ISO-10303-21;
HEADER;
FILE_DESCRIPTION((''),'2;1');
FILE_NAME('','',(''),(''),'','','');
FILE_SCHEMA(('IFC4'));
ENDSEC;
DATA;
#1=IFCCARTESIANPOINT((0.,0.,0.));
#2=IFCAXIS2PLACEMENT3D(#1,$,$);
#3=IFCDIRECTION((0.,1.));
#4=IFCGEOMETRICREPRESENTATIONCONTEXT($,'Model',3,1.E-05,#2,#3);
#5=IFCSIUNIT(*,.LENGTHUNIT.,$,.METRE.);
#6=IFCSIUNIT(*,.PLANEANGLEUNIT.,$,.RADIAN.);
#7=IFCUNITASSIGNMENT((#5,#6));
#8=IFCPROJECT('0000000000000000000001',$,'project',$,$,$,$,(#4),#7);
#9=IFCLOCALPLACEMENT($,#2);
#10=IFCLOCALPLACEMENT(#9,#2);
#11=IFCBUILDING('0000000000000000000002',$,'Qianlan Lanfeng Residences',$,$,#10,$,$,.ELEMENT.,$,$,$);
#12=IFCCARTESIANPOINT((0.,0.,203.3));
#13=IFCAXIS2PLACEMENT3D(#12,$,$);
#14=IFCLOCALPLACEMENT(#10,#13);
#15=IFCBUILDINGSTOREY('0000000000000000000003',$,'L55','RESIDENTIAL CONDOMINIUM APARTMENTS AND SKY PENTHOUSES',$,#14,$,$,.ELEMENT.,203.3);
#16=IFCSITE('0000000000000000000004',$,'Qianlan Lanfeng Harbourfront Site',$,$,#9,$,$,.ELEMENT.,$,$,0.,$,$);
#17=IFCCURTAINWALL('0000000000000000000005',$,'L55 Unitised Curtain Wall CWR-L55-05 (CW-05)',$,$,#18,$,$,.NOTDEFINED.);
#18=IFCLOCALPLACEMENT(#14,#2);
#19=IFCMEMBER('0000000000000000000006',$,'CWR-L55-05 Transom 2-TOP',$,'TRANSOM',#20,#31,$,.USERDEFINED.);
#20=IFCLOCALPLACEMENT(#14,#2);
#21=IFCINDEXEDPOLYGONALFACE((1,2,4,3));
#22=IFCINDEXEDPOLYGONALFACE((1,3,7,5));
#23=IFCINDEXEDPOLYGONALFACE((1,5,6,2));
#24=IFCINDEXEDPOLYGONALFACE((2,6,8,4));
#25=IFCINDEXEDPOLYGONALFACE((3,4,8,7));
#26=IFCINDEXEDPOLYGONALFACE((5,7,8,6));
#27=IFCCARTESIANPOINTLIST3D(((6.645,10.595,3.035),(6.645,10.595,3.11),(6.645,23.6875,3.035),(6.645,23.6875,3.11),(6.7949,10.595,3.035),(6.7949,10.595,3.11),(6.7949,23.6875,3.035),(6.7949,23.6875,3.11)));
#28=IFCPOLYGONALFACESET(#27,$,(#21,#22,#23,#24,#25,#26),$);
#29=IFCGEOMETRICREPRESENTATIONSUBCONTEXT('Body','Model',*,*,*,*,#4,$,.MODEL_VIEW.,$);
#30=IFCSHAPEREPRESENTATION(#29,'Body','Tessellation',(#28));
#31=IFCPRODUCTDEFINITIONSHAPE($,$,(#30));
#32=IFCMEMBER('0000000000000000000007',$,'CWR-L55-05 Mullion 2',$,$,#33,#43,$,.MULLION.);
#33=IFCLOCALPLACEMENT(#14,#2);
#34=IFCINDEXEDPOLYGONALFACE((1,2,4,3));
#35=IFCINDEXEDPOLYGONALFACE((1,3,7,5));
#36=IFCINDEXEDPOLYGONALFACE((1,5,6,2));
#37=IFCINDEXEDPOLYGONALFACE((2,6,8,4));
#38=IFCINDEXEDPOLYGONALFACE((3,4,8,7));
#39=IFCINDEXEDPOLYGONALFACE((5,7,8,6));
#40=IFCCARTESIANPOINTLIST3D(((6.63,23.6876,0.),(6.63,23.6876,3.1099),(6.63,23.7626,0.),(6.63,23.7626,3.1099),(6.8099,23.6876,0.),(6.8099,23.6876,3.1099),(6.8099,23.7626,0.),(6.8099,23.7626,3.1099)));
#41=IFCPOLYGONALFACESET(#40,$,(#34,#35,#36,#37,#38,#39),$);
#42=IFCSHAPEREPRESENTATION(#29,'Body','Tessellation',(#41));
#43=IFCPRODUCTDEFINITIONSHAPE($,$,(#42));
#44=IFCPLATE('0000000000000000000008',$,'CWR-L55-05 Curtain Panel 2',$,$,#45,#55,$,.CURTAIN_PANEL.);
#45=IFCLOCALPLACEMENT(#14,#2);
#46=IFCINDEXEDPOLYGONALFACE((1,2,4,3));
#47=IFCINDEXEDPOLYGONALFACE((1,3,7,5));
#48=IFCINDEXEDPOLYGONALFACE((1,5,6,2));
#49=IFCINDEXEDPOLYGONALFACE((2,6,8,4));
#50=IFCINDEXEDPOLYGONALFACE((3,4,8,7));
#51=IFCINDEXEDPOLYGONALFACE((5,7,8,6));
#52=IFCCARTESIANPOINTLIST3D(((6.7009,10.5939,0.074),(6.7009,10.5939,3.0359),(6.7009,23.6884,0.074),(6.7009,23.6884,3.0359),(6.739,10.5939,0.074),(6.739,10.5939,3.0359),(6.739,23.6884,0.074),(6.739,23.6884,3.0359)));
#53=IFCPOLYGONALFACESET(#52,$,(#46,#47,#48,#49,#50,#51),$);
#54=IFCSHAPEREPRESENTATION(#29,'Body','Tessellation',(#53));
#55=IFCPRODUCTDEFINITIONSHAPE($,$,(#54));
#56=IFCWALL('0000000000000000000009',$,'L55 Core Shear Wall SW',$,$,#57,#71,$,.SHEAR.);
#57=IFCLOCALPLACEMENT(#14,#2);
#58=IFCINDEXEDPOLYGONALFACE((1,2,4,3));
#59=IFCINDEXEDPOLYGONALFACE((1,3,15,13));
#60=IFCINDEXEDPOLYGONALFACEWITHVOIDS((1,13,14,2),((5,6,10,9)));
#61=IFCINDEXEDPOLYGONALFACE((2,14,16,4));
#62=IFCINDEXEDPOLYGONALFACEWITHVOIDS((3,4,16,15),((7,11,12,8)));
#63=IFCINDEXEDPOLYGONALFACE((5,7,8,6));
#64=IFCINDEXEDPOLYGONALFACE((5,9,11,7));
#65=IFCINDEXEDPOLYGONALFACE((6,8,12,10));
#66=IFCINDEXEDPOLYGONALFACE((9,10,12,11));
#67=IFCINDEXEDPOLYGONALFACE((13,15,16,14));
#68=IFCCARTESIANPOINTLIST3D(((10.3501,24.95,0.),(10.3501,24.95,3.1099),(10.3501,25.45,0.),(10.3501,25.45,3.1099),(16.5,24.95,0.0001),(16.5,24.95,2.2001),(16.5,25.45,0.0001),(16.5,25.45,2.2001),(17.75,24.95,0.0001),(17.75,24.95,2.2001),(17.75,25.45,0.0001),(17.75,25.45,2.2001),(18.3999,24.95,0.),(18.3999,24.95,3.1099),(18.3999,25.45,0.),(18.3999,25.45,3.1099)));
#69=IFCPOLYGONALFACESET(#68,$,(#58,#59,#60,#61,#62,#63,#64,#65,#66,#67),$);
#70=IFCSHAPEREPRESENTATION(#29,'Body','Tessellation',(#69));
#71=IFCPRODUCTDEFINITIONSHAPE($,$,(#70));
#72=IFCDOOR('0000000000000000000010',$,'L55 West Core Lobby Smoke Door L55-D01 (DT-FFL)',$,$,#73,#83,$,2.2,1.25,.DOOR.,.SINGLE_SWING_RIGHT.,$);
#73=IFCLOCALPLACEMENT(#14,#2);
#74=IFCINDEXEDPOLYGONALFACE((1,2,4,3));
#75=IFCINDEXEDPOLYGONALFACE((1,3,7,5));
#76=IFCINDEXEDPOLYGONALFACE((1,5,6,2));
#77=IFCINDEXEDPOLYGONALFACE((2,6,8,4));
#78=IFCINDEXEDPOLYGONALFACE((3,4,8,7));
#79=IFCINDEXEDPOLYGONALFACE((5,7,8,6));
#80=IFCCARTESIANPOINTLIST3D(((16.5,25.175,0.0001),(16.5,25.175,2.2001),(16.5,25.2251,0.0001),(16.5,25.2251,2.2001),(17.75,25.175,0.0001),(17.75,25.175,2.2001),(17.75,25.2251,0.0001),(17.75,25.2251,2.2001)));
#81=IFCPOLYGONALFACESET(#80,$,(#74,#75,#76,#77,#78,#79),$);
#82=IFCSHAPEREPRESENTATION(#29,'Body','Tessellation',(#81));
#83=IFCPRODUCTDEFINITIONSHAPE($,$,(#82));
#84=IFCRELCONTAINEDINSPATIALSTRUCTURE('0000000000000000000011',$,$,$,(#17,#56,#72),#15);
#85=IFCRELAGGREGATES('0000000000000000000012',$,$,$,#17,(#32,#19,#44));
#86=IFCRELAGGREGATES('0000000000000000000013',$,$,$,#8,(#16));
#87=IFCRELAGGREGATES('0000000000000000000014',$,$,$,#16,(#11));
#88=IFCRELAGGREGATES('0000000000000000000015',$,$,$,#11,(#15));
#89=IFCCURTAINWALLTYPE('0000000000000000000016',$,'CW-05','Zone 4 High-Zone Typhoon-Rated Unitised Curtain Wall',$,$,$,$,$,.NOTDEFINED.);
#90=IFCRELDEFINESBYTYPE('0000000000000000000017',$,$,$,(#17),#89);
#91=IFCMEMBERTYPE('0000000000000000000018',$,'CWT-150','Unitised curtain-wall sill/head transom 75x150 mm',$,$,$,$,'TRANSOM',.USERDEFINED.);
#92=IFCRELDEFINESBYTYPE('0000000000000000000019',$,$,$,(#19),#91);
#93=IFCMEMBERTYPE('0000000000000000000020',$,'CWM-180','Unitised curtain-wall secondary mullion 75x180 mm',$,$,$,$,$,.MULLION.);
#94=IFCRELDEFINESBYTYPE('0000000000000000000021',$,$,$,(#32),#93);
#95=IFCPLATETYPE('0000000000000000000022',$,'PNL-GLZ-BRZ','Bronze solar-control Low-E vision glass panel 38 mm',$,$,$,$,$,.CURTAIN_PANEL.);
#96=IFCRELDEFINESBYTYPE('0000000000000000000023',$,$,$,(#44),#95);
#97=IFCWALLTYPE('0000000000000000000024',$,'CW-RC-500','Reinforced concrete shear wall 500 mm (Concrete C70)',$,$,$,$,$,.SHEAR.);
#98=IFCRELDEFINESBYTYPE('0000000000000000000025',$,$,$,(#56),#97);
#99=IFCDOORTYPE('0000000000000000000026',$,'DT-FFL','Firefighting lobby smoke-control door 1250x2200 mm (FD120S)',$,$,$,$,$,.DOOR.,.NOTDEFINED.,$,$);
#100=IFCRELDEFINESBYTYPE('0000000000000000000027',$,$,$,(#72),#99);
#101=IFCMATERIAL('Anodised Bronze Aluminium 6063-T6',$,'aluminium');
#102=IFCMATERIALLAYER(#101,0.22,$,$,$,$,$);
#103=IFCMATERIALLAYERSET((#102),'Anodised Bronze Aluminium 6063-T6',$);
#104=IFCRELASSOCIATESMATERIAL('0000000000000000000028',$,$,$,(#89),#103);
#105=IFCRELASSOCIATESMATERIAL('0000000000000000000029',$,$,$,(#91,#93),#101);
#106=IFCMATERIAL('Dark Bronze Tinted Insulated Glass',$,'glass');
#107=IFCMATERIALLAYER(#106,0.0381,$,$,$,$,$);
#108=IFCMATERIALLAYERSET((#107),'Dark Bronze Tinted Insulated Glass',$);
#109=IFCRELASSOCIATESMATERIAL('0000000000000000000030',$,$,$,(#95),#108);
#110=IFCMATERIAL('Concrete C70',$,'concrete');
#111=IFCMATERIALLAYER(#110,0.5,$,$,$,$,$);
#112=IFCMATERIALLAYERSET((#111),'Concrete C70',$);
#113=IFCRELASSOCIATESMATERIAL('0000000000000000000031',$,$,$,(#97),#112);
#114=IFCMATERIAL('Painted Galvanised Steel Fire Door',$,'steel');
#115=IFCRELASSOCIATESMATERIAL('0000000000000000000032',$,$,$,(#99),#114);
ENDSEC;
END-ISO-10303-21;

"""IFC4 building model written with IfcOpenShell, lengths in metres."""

from ifc_helpers import new_model, si_unit, direction, frame, frame_2d, origin, origin_2d, place, context, subcontext, project, spatial, rectangle, extrude, source, transform, mapped, material, layer, layer_set, material_profile, profile_set, type_object, element, fill, aggregate, save


model = new_model("IFC4")

# Units and contexts
model_context = context("Model", 3, precision=1e-05, world=origin(), true_north=direction((0.0, 1.0)))
body_context = subcontext(model_context, "Body", "Model", "MODEL_VIEW")
ifc_project = project(units=[si_unit("LENGTHUNIT", "METRE"), si_unit("PLANEANGLEUNIT", "RADIAN")], contexts=[model_context])

# Site, building, storey
site_placement = place(None, origin())
site = spatial("IfcSite", under=ifc_project, at=site_placement, Name="Qianlan Lanfeng Harbourfront Site", CompositionType="ELEMENT", RefElevation=0.0)
building_placement = place(site_placement, origin())
building = spatial("IfcBuilding", under=site, at=building_placement, Name="Qianlan Lanfeng Residences", CompositionType="ELEMENT")
storey_placement = place(building_placement, frame((0.0, 0.0, 203.3)))
storey = spatial("IfcBuildingStorey", under=building, at=storey_placement, Name="L55", Description="RESIDENTIAL CONDOMINIUM APARTMENTS AND SKY PENTHOUSES", CompositionType="ELEMENT", Elevation=203.3)

# Curtain wall, members, plate
ifc_material_1 = material(Name="Anodised Bronze Aluminium 6063-T6", Category="aluminium")
ifc_layer_1 = layer(ifc_material_1, 0.22)
ifc_layer_set_1 = layer_set([ifc_layer_1], Name="Anodised Bronze Aluminium 6063-T6")
curtain_wall_type = type_object("IfcCurtainWallType", Name="CW-05", Description="Zone 4 High-Zone Typhoon-Rated Unitised Curtain Wall", PredefinedType="NOTDEFINED", material=ifc_layer_set_1)
curtain_wall_placement = place(storey_placement, origin())
curtain_wall = element("IfcCurtainWall", 1, at=curtain_wall_placement, inside=storey, type_object=curtain_wall_type, Name="L55 Unitised Curtain Wall CWR-L55-05 (CW-05)", PredefinedType="NOTDEFINED")
ifc_material_profile_1 = material_profile(ifc_material_1, rectangle(XDim=0.075, YDim=0.1499, at=origin_2d()), Name="ALU TRANSOM 75x150")
ifc_profile_set_1 = profile_set([ifc_material_profile_1], Name="Anodised Bronze Aluminium 6063-T6")
member_type_1 = type_object("IfcMemberType", Name="CWT-150", Description="Unitised curtain-wall sill/head transom 75x150 mm", ElementType="TRANSOM", PredefinedType="USERDEFINED", material=ifc_profile_set_1)
shared_shape_1 = source(origin(), body_context, "Body", "SweptSolid", [
    extrude(rectangle(XDim=0.075, YDim=0.1499, at=origin_2d()), origin(), (0.0, 0.0, 1.0), 13.0925),
])
member_1_placement = place(storey_placement, frame((6.72, 23.6875, 3.0725), z_axis=(0.0, -1.0, 0.0), x_axis=(0.0, 0.0, 1.0)))
member_1 = element("IfcMember", 2, at=member_1_placement, type_object=member_type_1, Name="CWR-L55-05 Transom 2-TOP", ObjectType="TRANSOM", PredefinedType="USERDEFINED", context=body_context, shape_type="MappedRepresentation", body=[
    mapped(shared_shape_1, transform((0.0, 0.0, 0.0), scale=1.0)),
])
ifc_material_profile_2 = material_profile(ifc_material_1, rectangle(XDim=0.075, YDim=0.1799, at=origin_2d()), Name="ALU MULLION 75x180")
ifc_profile_set_2 = profile_set([ifc_material_profile_2], Name="Anodised Bronze Aluminium 6063-T6")
member_type_2 = type_object("IfcMemberType", Name="CWM-180", Description="Unitised curtain-wall secondary mullion 75x180 mm", PredefinedType="MULLION", material=ifc_profile_set_2)
shared_shape_2 = source(origin(), body_context, "Body", "SweptSolid", [
    extrude(rectangle(XDim=0.075, YDim=0.1799, at=origin_2d()), origin(), (0.0, 0.0, 1.0), 3.1099),
])
member_2_placement = place(storey_placement, frame((6.72, 23.7251, 0.0), z_axis=(0.0, 0.0, 1.0), x_axis=(0.0, -1.0, 0.0)))
member_2 = element("IfcMember", 3, at=member_2_placement, type_object=member_type_2, Name="CWR-L55-05 Mullion 2", PredefinedType="MULLION", context=body_context, shape_type="MappedRepresentation", body=[
    mapped(shared_shape_2, transform((0.0, 0.0, 0.0), scale=1.0)),
])
ifc_material_2 = material(Name="Dark Bronze Tinted Insulated Glass", Category="glass")
ifc_layer_2 = layer(ifc_material_2, 0.0381)
ifc_layer_set_2 = layer_set([ifc_layer_2], Name="Dark Bronze Tinted Insulated Glass")
plate_type = type_object("IfcPlateType", Name="PNL-GLZ-BRZ", Description="Bronze solar-control Low-E vision glass panel 38 mm", PredefinedType="CURTAIN_PANEL", material=ifc_layer_set_2)
shared_shape_3 = source(origin(), body_context, "Body", "SweptSolid", [
    extrude(rectangle(XDim=13.0945, YDim=0.0381, at=origin_2d()), origin(), (0.0, 0.0, 1.0), 2.9619),
])
plate_placement = place(storey_placement, frame((6.72, 17.1411, 0.074), z_axis=(0.0, 0.0, 1.0), x_axis=(0.0, -1.0, 0.0)))
plate = element("IfcPlate", 4, at=plate_placement, type_object=plate_type, Name="CWR-L55-05 Curtain Panel 2", PredefinedType="CURTAIN_PANEL", context=body_context, shape_type="MappedRepresentation", body=[
    mapped(shared_shape_3, transform((0.0, 0.0, 0.0), scale=1.0)),
])
aggregate(curtain_wall, [member_2, member_1, plate])

# Wall, opening, door
ifc_material_3 = material(Name="Concrete C70", Category="concrete")
ifc_layer_3 = layer(ifc_material_3, 0.5)
ifc_layer_set_3 = layer_set([ifc_layer_3], Name="Concrete C70")
wall_type_1 = type_object("IfcWallType", Name="CW-RC-500", Description="Reinforced concrete shear wall 500 mm (Concrete C70)", PredefinedType="SHEAR", material=ifc_layer_set_3)
wall_1_placement = place(storey_placement, frame((10.3501, 25.2, 0.0), z_axis=(0.0, 0.0, 1.0), x_axis=(1.0, 0.0, 0.0)))
wall_1 = element("IfcWall", 5, at=wall_1_placement, inside=storey, type_object=wall_type_1, Name="L55 Core Shear Wall SW", PredefinedType="SHEAR", context=body_context, shape_type="SweptSolid", body=[
    extrude(rectangle(XDim=8.0498, YDim=0.5, at=frame_2d((4.0249, 0.0))), origin(), (0.0, 0.0, 1.0), 3.1099),
])
opening_1_placement = place(wall_1_placement, frame((6.1499, 0.0, 0.0)))
opening_1 = element("IfcOpeningElement", 6, at=opening_1_placement, cuts=wall_1, PredefinedType="OPENING", context=body_context, shape_type="SweptSolid", body=[
    extrude(rectangle(XDim=1.25, YDim=2.2, at=frame_2d((0.625, 1.1001))), frame((0.0, 0.26, 0.0), z_axis=(0.0, -1.0, 0.0), x_axis=(1.0, 0.0, 0.0)), (0.0, 0.0, 1.0), 0.52),
])
ifc_material_4 = material(Name="Painted Galvanised Steel Fire Door", Category="steel")
door_type_1 = type_object("IfcDoorType", Name="DT-FFL", Description="Firefighting lobby smoke-control door 1250x2200 mm (FD120S)", OperationType="NOTDEFINED", PredefinedType="DOOR", material=ifc_material_4)
door_1_placement = place(opening_1_placement, frame((1.25, 0.0, 0.0), z_axis=(0.0, 0.0, 1.0), x_axis=(-1.0, 0.0, 0.0)))
door_1 = element("IfcDoor", 7, at=door_1_placement, inside=storey, type_object=door_type_1, Name="L55 West Core Lobby Smoke Door L55-D01 (DT-FFL)", OperationType="SINGLE_SWING_RIGHT", OverallHeight=2.2, OverallWidth=1.25, PredefinedType="DOOR", context=body_context, shape_type="SweptSolid", body=[
    extrude(rectangle(XDim=1.25, YDim=2.2, at=frame_2d((0.625, 1.1001))), frame((0.0, 0.0249, 0.0), z_axis=(0.0, -1.0, 0.0), x_axis=(1.0, 0.0, 0.0)), (0.0, 0.0, 1.0), 0.05),
])
fill(opening_1, door_1)

save(model, "model.ifc")
